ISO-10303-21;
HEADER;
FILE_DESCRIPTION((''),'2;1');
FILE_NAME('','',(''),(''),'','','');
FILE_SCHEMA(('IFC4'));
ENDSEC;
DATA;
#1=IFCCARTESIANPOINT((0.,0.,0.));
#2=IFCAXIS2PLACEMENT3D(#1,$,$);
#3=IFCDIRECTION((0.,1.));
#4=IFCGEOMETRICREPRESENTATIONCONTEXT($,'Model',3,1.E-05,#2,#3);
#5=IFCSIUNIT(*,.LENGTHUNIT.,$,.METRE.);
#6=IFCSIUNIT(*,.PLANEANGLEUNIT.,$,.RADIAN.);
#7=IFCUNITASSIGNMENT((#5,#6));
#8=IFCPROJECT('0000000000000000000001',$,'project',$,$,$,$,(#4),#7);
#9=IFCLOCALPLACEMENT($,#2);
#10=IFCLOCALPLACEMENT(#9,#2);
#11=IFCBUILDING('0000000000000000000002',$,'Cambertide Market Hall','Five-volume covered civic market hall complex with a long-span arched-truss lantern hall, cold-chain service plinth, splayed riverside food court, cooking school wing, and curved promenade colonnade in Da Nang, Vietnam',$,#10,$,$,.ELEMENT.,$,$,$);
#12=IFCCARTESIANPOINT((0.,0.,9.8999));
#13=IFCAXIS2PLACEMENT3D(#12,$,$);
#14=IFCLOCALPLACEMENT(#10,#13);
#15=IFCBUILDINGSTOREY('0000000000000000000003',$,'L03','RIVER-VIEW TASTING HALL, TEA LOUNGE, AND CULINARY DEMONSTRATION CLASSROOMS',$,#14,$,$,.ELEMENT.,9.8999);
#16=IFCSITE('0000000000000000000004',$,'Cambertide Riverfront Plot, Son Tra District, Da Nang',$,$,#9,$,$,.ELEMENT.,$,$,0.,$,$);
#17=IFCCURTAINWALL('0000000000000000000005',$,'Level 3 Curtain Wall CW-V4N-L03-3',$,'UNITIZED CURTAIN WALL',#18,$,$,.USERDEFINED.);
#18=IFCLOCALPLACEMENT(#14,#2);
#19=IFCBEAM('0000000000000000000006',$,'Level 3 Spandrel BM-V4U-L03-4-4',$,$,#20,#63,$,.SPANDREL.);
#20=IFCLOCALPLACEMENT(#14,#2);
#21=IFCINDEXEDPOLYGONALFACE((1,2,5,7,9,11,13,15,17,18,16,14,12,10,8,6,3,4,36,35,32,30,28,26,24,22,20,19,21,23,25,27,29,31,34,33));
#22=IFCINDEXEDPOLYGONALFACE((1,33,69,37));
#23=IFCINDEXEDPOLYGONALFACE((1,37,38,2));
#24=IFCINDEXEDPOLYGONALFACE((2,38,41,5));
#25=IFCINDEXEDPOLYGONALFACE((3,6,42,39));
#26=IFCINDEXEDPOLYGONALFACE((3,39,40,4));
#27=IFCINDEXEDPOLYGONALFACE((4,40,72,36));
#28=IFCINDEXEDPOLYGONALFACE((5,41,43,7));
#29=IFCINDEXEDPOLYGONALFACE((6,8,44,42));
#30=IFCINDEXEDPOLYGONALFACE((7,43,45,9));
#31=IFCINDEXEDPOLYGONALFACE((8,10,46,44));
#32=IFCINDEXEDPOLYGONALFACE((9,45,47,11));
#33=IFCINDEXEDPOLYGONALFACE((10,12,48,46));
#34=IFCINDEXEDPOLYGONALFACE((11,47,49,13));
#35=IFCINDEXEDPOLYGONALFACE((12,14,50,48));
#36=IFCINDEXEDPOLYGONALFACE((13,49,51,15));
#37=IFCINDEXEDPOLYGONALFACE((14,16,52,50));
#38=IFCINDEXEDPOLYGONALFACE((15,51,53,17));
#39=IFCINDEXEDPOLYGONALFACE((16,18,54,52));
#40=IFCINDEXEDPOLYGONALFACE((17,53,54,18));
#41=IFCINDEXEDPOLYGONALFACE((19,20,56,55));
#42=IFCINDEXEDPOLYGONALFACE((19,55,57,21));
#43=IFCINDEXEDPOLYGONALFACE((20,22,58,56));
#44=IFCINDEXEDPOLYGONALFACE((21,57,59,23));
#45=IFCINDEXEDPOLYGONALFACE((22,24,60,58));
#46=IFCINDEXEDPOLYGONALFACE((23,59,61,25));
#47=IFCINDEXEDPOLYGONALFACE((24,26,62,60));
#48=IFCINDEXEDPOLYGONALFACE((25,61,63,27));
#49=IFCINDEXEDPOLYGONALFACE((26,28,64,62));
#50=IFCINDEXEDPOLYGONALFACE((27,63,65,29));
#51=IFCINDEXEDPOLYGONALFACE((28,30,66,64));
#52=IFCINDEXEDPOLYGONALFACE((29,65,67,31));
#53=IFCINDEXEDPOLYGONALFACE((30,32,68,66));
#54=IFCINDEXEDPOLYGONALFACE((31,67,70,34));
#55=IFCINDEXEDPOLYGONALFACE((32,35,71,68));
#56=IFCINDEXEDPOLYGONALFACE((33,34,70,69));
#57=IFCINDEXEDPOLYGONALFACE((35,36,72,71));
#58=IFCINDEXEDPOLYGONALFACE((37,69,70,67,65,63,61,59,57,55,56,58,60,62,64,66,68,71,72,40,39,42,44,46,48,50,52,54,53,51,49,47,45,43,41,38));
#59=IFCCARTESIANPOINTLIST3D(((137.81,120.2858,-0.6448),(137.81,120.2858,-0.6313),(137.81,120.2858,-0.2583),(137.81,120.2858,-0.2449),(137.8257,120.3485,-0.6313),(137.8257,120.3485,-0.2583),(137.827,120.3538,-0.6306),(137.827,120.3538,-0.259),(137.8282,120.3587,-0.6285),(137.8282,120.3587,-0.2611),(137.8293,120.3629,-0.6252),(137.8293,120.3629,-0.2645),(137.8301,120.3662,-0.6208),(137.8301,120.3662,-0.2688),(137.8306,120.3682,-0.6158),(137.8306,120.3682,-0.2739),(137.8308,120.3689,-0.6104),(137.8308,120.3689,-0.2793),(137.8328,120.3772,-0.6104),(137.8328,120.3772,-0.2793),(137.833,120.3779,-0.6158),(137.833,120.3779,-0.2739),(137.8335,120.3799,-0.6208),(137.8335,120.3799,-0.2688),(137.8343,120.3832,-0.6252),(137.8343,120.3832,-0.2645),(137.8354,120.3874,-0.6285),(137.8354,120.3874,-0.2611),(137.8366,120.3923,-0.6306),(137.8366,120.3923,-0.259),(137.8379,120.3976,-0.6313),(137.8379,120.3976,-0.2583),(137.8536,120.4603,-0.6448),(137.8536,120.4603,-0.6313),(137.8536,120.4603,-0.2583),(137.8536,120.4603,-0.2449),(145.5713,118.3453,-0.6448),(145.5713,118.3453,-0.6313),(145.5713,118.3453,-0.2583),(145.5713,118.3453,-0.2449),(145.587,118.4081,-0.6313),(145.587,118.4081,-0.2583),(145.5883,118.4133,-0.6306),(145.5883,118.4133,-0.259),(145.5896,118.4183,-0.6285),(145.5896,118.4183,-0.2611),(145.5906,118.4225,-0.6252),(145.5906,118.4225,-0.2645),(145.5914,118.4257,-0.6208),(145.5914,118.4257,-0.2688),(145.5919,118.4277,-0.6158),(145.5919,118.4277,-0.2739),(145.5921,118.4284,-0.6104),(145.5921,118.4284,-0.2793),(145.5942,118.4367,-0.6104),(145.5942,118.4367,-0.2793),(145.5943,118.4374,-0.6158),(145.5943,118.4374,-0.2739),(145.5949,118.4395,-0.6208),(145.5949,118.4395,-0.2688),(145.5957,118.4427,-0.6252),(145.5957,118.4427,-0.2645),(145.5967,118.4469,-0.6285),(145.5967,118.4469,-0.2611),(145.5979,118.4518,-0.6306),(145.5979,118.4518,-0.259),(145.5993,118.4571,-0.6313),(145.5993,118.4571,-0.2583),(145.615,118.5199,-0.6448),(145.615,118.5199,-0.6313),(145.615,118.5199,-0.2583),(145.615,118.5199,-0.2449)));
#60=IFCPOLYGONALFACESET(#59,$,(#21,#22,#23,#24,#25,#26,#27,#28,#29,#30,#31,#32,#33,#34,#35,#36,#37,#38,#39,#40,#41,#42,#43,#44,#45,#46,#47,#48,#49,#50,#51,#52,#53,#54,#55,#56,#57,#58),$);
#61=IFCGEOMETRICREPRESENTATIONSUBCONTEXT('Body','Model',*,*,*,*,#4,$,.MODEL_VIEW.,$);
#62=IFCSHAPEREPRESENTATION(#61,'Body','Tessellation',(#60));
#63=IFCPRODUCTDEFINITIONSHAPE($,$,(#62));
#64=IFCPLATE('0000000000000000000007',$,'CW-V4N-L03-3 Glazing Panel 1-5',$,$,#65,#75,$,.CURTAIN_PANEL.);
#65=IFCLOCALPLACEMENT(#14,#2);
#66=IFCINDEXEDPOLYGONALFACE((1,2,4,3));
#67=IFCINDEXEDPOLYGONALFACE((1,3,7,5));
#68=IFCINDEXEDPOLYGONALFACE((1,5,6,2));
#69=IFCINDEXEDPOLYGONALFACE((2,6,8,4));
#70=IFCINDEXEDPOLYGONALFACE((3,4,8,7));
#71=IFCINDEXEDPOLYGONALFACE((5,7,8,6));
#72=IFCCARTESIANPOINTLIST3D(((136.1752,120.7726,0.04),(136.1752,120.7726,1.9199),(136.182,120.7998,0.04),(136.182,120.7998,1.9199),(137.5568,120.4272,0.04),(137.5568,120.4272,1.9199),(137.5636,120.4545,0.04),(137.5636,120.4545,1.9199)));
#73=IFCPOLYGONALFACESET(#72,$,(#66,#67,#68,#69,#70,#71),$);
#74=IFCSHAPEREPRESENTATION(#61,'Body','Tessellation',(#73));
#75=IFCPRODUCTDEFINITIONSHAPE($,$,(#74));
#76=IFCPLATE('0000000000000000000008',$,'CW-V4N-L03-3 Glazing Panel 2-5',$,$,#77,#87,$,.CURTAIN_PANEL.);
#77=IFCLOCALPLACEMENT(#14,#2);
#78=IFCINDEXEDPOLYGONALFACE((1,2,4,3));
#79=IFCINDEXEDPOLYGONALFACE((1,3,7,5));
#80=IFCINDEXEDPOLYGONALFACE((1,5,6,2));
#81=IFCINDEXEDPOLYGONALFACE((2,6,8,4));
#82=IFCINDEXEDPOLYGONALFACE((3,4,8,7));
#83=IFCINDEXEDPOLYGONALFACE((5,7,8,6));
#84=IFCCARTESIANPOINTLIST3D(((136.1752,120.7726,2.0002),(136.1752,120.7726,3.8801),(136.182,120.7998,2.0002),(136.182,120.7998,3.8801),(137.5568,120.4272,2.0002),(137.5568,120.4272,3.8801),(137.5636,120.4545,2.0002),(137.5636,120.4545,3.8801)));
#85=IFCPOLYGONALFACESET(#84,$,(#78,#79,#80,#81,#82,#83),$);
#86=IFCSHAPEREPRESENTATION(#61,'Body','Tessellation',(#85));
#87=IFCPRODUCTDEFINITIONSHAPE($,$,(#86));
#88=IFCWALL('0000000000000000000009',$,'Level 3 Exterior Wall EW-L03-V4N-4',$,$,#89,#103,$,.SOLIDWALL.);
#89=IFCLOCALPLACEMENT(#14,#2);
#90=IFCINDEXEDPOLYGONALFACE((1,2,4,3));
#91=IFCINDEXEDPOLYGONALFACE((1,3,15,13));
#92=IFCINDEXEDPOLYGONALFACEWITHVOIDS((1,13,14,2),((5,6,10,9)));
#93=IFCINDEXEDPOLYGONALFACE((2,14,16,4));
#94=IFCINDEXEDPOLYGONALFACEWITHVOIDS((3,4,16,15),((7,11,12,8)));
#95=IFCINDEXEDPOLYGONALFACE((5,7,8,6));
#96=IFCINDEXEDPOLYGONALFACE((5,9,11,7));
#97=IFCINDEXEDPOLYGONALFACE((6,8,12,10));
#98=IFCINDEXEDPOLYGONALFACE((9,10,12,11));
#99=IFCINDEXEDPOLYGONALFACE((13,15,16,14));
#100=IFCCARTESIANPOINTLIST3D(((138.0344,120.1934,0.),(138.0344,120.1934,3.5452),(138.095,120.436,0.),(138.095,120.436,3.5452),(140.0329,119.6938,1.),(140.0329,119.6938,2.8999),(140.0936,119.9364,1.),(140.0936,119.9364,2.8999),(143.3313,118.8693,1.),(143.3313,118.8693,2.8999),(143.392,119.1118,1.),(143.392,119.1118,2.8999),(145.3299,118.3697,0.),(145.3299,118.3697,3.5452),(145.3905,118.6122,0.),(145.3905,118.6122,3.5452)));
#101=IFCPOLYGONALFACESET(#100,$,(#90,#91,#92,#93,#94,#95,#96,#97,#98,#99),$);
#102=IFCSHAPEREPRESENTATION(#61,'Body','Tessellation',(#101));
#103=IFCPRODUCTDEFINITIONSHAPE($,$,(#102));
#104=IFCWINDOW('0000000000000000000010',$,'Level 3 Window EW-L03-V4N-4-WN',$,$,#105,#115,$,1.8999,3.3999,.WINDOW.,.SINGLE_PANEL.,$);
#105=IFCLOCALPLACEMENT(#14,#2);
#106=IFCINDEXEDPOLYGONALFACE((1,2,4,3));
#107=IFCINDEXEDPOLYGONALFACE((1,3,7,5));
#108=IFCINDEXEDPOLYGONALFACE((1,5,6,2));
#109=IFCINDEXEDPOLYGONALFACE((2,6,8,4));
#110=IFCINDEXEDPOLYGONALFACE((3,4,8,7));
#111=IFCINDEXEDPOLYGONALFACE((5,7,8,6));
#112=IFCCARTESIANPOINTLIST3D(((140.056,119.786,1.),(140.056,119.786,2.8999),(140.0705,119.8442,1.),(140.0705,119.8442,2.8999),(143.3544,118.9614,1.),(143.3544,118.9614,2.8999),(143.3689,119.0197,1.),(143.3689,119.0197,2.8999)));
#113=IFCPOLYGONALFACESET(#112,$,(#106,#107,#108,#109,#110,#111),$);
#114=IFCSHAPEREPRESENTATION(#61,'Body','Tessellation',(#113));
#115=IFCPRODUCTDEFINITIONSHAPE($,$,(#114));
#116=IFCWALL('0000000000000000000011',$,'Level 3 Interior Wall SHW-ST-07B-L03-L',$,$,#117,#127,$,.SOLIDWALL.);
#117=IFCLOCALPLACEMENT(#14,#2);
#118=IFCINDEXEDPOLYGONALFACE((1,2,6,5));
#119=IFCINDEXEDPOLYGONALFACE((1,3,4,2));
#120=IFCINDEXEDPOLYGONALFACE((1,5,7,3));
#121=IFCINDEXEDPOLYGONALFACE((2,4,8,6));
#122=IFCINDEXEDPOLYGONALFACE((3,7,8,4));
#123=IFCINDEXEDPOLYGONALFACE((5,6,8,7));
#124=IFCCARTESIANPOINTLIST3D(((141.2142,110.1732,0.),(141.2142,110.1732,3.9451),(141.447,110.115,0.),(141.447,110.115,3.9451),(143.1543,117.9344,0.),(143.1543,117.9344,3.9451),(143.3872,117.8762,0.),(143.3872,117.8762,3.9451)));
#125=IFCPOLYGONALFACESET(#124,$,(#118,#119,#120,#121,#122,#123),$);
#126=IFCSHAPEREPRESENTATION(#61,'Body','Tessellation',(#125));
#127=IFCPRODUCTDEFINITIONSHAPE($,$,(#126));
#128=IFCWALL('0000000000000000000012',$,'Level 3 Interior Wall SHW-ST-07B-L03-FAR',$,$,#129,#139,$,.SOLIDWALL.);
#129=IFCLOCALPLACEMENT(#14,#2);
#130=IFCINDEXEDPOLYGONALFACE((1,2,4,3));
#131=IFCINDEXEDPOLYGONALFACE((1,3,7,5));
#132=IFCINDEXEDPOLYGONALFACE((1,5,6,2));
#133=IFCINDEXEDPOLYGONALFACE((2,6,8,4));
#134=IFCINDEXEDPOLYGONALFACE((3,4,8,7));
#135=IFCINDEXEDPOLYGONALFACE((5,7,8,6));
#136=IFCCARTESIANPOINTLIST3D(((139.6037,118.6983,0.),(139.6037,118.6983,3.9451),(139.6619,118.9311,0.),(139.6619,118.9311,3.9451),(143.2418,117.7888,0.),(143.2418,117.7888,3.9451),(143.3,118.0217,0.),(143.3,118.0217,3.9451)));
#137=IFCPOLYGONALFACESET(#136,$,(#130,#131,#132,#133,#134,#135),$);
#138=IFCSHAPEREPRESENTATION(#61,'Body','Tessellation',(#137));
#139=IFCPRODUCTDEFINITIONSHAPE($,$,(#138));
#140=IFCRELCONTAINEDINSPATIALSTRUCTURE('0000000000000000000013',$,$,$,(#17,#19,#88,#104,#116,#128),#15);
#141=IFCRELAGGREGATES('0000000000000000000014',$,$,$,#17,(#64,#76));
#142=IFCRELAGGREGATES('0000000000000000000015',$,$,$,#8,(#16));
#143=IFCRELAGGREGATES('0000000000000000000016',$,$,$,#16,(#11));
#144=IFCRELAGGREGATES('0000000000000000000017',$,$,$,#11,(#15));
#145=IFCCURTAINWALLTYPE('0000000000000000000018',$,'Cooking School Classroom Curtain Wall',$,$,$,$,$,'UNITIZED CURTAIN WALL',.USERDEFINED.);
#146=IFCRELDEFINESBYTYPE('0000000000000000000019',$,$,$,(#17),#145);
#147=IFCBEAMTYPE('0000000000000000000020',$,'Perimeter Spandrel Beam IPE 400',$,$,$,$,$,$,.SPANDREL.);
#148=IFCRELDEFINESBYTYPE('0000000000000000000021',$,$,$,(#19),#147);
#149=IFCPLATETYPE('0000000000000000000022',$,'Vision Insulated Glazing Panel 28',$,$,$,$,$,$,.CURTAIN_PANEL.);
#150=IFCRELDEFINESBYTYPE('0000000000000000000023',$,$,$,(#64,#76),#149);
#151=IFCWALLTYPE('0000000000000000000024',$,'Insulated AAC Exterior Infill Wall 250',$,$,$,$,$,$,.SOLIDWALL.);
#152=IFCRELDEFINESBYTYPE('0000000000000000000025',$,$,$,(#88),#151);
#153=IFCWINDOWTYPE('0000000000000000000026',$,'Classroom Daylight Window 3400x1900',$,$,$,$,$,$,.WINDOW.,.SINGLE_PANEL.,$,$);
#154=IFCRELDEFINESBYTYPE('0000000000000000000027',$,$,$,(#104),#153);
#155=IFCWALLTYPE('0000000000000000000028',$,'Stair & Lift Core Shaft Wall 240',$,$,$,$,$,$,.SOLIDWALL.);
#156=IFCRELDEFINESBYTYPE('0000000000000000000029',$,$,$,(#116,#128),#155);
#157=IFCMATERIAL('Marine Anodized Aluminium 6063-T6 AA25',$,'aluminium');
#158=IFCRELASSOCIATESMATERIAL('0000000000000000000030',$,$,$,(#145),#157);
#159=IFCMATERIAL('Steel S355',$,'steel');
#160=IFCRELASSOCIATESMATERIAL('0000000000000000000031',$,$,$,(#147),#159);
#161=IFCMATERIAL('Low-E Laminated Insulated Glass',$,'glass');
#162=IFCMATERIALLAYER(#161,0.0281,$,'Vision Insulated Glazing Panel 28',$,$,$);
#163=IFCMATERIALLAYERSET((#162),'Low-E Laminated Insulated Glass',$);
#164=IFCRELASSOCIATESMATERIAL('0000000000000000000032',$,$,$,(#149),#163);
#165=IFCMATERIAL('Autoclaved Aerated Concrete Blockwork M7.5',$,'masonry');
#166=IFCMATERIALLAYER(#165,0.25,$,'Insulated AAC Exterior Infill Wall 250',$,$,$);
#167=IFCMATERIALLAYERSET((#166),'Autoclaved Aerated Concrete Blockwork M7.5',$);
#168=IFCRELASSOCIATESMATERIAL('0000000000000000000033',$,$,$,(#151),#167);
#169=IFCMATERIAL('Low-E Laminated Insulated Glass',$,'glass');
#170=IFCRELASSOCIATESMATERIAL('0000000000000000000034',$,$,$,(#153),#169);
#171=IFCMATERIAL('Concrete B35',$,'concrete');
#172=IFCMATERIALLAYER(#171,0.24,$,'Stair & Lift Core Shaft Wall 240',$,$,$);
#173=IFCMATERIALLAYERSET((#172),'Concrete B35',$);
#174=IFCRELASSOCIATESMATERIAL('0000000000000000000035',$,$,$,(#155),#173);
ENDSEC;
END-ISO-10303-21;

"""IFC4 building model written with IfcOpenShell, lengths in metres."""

from ifc_helpers import new_model, si_unit, direction, frame, frame_2d, origin, origin_2d, place, context, subcontext, project, spatial, rectangle, i_section, extrude, material, layer, layer_set, material_profile, profile_set, type_object, element, fill, aggregate, save


model = new_model("IFC4")

# Units and contexts
model_context = context("Model", 3, precision=1e-05, world=origin(), true_north=direction((0.0, 1.0)))
body_context = subcontext(model_context, "Body", "Model", "MODEL_VIEW")
ifc_project = project(units=[si_unit("LENGTHUNIT", "METRE"), si_unit("PLANEANGLEUNIT", "RADIAN")], contexts=[model_context])

# Site, building, storey
site_placement = place(None, origin())
site = spatial("IfcSite", under=ifc_project, at=site_placement, Name="Cambertide Riverfront Plot, Son Tra District, Da Nang", CompositionType="ELEMENT", RefElevation=0.0)
building_placement = place(site_placement, origin())
building = spatial("IfcBuilding", under=site, at=building_placement, Name="Cambertide Market Hall", Description="Five-volume covered civic market hall complex with a long-span arched-truss lantern hall, cold-chain service plinth, splayed riverside food court, cooking school wing, and curved promenade colonnade in Da Nang, Vietnam", CompositionType="ELEMENT")
storey_placement = place(building_placement, frame((0.0, 0.0, 9.8999)))
storey = spatial("IfcBuildingStorey", under=building, at=storey_placement, Name="L03", Description="RIVER-VIEW TASTING HALL, TEA LOUNGE, AND CULINARY DEMONSTRATION CLASSROOMS", CompositionType="ELEMENT", Elevation=9.8999)

# Curtain wall
ifc_material_1 = material(Name="Marine Anodized Aluminium 6063-T6 AA25", Category="aluminium")
curtain_wall_type = type_object("IfcCurtainWallType", Name="Cooking School Classroom Curtain Wall", ElementType="UNITIZED CURTAIN WALL", PredefinedType="USERDEFINED", material=ifc_material_1)
curtain_wall_placement = place(storey_placement, origin())
curtain_wall = element("IfcCurtainWall", 1, at=curtain_wall_placement, inside=storey, type_object=curtain_wall_type, Name="Level 3 Curtain Wall CW-V4N-L03-3", ObjectType="UNITIZED CURTAIN WALL", PredefinedType="USERDEFINED")

# Beam
ifc_material_2 = material(Name="Steel S355", Category="steel")
ifc_material_profile_1 = material_profile(ifc_material_2, i_section(OverallWidth=0.1799, OverallDepth=0.3999, WebThickness=0.0085, FlangeThickness=0.0134, FilletRadius=0.021, at=origin_2d()), Name="IPE 400")
ifc_profile_set_1 = profile_set([ifc_material_profile_1], Name="Steel S355")
beam_type = type_object("IfcBeamType", Name="Perimeter Spandrel Beam IPE 400", PredefinedType="SPANDREL", material=ifc_profile_set_1)
beam_placement = place(storey_placement, frame((137.8318, 120.373, -0.4448), z_axis=(0.970139, -0.24255, 0.0), x_axis=(0.24255, 0.970139, 0.0)))
element("IfcBeam", 2, at=beam_placement, inside=storey, type_object=beam_type, Name="Level 3 Spandrel BM-V4U-L03-4-4", PredefinedType="SPANDREL", context=body_context, shape_type="SweptSolid", body=[
    extrude(i_section(OverallWidth=0.1799, OverallDepth=0.3999, WebThickness=0.0085, FlangeThickness=0.0134, FilletRadius=0.021, at=origin_2d()), origin(), (0.0, 0.0, 1.0), 8.0002),
])

# Plates
ifc_material_3 = material(Name="Low-E Laminated Insulated Glass", Category="glass")
ifc_layer_1 = layer(ifc_material_3, 0.0281, Name="Vision Insulated Glazing Panel 28")
ifc_layer_set_1 = layer_set([ifc_layer_1], Name="Low-E Laminated Insulated Glass")
plate_type = type_object("IfcPlateType", Name="Vision Insulated Glazing Panel 28", PredefinedType="CURTAIN_PANEL", material=ifc_layer_set_1)
plate_1_placement = place(storey_placement, frame((136.8694, 120.6135, 0.04), z_axis=(0.0, 0.0, 1.0), x_axis=(0.970143, -0.242536, 0.0)))
plate_1 = element("IfcPlate", 3, at=plate_1_placement, type_object=plate_type, Name="CW-V4N-L03-3 Glazing Panel 1-5", PredefinedType="CURTAIN_PANEL", context=body_context, shape_type="SweptSolid", body=[
    extrude(rectangle(XDim=1.4241, YDim=0.0281, at=origin_2d()), origin(), (0.0, 0.0, 1.0), 1.8799),
])
plate_2_placement = place(storey_placement, frame((136.8694, 120.6135, 2.0002), z_axis=(0.0, 0.0, 1.0), x_axis=(0.970143, -0.242536, 0.0)))
plate_2 = element("IfcPlate", 4, at=plate_2_placement, type_object=plate_type, Name="CW-V4N-L03-3 Glazing Panel 2-5", PredefinedType="CURTAIN_PANEL", context=body_context, shape_type="SweptSolid", body=[
    extrude(rectangle(XDim=1.4241, YDim=0.0281, at=origin_2d()), origin(), (0.0, 0.0, 1.0), 1.8799),
])
aggregate(curtain_wall, [plate_1, plate_2])

# Wall, opening, window
ifc_material_4 = material(Name="Autoclaved Aerated Concrete Blockwork M7.5", Category="masonry")
ifc_layer_2 = layer(ifc_material_4, 0.25, Name="Insulated AAC Exterior Infill Wall 250")
ifc_layer_set_2 = layer_set([ifc_layer_2], Name="Autoclaved Aerated Concrete Blockwork M7.5")
wall_type_1 = type_object("IfcWallType", Name="Insulated AAC Exterior Infill Wall 250", PredefinedType="SOLIDWALL", material=ifc_layer_set_2)
wall_1_placement = place(storey_placement, frame((138.0647, 120.3147, 0.0), z_axis=(0.0, 0.0, 1.0), x_axis=(0.970146, -0.24252, 0.0)))
wall_1 = element("IfcWall", 5, at=wall_1_placement, inside=storey, type_object=wall_type_1, Name="Level 3 Exterior Wall EW-L03-V4N-4", PredefinedType="SOLIDWALL", context=body_context, shape_type="SweptSolid", body=[
    extrude(rectangle(XDim=7.52, YDim=0.25, at=frame_2d((3.76, 0.0))), origin(), (0.0, 0.0, 1.0), 3.5452),
])
opening_placement = place(wall_1_placement, frame((2.0601, 0.0, 1.0)))
opening = element("IfcOpeningElement", 6, at=opening_placement, cuts=wall_1, PredefinedType="OPENING", context=body_context, shape_type="SweptSolid", body=[
    extrude(rectangle(XDim=3.3999, YDim=1.8999, at=frame_2d((1.7, 0.95))), frame((0.0, 0.135, 0.0), z_axis=(0.0, -1.0, 0.0), x_axis=(1.0, 0.0, 0.0)), (0.0, 0.0, 1.0), 0.27),
])
ifc_material_5 = material(Name="Low-E Laminated Insulated Glass", Category="glass")
window_type = type_object("IfcWindowType", Name="Classroom Daylight Window 3400x1900", PartitioningType="SINGLE_PANEL", PredefinedType="WINDOW", material=ifc_material_5)
window_placement = place(opening_placement, origin())
window = element("IfcWindow", 7, at=window_placement, inside=storey, type_object=window_type, Name="Level 3 Window EW-L03-V4N-4-WN", OverallHeight=1.8999, OverallWidth=3.3999, PartitioningType="SINGLE_PANEL", PredefinedType="WINDOW", context=body_context, shape_type="SweptSolid", body=[
    extrude(rectangle(XDim=3.3999, YDim=1.8999, at=frame_2d((1.7, 0.95))), frame((0.0, 0.03, 0.0), z_axis=(0.0, -1.0, 0.0), x_axis=(1.0, 0.0, 0.0)), (0.0, 0.0, 1.0), 0.0601),
])
fill(opening, window)

# Walls
ifc_material_6 = material(Name="Concrete B35", Category="concrete")
ifc_layer_3 = layer(ifc_material_6, 0.24, Name="Stair & Lift Core Shaft Wall 240")
ifc_layer_set_3 = layer_set([ifc_layer_3], Name="Concrete B35")
wall_type_2 = type_object("IfcWallType", Name="Stair & Lift Core Shaft Wall 240", PredefinedType="SOLIDWALL", material=ifc_layer_set_3)
wall_2_placement = place(storey_placement, frame((143.2708, 117.9053, 0.0), z_axis=(0.0, 0.0, 1.0), x_axis=(-0.242521, -0.970146, 0.0)))
element("IfcWall", 8, at=wall_2_placement, inside=storey, type_object=wall_type_2, Name="Level 3 Interior Wall SHW-ST-07B-L03-L", PredefinedType="SOLIDWALL", context=body_context, shape_type="SweptSolid", body=[
    extrude(rectangle(XDim=8.0, YDim=0.24, at=frame_2d((4.0, 0.0))), origin(), (0.0, 0.0, 1.0), 3.9451),
])
wall_3_placement = place(storey_placement, frame((139.6328, 118.8147, 0.0), z_axis=(0.0, 0.0, 1.0), x_axis=(0.970146, -0.24252, 0.0)))
element("IfcWall", 9, at=wall_3_placement, inside=storey, type_object=wall_type_2, Name="Level 3 Interior Wall SHW-ST-07B-L03-FAR", PredefinedType="SOLIDWALL", context=body_context, shape_type="SweptSolid", body=[
    extrude(rectangle(XDim=3.75, YDim=0.24, at=frame_2d((1.875, 0.0))), origin(), (0.0, 0.0, 1.0), 3.9451),
])

save(model, "model.ifc")
